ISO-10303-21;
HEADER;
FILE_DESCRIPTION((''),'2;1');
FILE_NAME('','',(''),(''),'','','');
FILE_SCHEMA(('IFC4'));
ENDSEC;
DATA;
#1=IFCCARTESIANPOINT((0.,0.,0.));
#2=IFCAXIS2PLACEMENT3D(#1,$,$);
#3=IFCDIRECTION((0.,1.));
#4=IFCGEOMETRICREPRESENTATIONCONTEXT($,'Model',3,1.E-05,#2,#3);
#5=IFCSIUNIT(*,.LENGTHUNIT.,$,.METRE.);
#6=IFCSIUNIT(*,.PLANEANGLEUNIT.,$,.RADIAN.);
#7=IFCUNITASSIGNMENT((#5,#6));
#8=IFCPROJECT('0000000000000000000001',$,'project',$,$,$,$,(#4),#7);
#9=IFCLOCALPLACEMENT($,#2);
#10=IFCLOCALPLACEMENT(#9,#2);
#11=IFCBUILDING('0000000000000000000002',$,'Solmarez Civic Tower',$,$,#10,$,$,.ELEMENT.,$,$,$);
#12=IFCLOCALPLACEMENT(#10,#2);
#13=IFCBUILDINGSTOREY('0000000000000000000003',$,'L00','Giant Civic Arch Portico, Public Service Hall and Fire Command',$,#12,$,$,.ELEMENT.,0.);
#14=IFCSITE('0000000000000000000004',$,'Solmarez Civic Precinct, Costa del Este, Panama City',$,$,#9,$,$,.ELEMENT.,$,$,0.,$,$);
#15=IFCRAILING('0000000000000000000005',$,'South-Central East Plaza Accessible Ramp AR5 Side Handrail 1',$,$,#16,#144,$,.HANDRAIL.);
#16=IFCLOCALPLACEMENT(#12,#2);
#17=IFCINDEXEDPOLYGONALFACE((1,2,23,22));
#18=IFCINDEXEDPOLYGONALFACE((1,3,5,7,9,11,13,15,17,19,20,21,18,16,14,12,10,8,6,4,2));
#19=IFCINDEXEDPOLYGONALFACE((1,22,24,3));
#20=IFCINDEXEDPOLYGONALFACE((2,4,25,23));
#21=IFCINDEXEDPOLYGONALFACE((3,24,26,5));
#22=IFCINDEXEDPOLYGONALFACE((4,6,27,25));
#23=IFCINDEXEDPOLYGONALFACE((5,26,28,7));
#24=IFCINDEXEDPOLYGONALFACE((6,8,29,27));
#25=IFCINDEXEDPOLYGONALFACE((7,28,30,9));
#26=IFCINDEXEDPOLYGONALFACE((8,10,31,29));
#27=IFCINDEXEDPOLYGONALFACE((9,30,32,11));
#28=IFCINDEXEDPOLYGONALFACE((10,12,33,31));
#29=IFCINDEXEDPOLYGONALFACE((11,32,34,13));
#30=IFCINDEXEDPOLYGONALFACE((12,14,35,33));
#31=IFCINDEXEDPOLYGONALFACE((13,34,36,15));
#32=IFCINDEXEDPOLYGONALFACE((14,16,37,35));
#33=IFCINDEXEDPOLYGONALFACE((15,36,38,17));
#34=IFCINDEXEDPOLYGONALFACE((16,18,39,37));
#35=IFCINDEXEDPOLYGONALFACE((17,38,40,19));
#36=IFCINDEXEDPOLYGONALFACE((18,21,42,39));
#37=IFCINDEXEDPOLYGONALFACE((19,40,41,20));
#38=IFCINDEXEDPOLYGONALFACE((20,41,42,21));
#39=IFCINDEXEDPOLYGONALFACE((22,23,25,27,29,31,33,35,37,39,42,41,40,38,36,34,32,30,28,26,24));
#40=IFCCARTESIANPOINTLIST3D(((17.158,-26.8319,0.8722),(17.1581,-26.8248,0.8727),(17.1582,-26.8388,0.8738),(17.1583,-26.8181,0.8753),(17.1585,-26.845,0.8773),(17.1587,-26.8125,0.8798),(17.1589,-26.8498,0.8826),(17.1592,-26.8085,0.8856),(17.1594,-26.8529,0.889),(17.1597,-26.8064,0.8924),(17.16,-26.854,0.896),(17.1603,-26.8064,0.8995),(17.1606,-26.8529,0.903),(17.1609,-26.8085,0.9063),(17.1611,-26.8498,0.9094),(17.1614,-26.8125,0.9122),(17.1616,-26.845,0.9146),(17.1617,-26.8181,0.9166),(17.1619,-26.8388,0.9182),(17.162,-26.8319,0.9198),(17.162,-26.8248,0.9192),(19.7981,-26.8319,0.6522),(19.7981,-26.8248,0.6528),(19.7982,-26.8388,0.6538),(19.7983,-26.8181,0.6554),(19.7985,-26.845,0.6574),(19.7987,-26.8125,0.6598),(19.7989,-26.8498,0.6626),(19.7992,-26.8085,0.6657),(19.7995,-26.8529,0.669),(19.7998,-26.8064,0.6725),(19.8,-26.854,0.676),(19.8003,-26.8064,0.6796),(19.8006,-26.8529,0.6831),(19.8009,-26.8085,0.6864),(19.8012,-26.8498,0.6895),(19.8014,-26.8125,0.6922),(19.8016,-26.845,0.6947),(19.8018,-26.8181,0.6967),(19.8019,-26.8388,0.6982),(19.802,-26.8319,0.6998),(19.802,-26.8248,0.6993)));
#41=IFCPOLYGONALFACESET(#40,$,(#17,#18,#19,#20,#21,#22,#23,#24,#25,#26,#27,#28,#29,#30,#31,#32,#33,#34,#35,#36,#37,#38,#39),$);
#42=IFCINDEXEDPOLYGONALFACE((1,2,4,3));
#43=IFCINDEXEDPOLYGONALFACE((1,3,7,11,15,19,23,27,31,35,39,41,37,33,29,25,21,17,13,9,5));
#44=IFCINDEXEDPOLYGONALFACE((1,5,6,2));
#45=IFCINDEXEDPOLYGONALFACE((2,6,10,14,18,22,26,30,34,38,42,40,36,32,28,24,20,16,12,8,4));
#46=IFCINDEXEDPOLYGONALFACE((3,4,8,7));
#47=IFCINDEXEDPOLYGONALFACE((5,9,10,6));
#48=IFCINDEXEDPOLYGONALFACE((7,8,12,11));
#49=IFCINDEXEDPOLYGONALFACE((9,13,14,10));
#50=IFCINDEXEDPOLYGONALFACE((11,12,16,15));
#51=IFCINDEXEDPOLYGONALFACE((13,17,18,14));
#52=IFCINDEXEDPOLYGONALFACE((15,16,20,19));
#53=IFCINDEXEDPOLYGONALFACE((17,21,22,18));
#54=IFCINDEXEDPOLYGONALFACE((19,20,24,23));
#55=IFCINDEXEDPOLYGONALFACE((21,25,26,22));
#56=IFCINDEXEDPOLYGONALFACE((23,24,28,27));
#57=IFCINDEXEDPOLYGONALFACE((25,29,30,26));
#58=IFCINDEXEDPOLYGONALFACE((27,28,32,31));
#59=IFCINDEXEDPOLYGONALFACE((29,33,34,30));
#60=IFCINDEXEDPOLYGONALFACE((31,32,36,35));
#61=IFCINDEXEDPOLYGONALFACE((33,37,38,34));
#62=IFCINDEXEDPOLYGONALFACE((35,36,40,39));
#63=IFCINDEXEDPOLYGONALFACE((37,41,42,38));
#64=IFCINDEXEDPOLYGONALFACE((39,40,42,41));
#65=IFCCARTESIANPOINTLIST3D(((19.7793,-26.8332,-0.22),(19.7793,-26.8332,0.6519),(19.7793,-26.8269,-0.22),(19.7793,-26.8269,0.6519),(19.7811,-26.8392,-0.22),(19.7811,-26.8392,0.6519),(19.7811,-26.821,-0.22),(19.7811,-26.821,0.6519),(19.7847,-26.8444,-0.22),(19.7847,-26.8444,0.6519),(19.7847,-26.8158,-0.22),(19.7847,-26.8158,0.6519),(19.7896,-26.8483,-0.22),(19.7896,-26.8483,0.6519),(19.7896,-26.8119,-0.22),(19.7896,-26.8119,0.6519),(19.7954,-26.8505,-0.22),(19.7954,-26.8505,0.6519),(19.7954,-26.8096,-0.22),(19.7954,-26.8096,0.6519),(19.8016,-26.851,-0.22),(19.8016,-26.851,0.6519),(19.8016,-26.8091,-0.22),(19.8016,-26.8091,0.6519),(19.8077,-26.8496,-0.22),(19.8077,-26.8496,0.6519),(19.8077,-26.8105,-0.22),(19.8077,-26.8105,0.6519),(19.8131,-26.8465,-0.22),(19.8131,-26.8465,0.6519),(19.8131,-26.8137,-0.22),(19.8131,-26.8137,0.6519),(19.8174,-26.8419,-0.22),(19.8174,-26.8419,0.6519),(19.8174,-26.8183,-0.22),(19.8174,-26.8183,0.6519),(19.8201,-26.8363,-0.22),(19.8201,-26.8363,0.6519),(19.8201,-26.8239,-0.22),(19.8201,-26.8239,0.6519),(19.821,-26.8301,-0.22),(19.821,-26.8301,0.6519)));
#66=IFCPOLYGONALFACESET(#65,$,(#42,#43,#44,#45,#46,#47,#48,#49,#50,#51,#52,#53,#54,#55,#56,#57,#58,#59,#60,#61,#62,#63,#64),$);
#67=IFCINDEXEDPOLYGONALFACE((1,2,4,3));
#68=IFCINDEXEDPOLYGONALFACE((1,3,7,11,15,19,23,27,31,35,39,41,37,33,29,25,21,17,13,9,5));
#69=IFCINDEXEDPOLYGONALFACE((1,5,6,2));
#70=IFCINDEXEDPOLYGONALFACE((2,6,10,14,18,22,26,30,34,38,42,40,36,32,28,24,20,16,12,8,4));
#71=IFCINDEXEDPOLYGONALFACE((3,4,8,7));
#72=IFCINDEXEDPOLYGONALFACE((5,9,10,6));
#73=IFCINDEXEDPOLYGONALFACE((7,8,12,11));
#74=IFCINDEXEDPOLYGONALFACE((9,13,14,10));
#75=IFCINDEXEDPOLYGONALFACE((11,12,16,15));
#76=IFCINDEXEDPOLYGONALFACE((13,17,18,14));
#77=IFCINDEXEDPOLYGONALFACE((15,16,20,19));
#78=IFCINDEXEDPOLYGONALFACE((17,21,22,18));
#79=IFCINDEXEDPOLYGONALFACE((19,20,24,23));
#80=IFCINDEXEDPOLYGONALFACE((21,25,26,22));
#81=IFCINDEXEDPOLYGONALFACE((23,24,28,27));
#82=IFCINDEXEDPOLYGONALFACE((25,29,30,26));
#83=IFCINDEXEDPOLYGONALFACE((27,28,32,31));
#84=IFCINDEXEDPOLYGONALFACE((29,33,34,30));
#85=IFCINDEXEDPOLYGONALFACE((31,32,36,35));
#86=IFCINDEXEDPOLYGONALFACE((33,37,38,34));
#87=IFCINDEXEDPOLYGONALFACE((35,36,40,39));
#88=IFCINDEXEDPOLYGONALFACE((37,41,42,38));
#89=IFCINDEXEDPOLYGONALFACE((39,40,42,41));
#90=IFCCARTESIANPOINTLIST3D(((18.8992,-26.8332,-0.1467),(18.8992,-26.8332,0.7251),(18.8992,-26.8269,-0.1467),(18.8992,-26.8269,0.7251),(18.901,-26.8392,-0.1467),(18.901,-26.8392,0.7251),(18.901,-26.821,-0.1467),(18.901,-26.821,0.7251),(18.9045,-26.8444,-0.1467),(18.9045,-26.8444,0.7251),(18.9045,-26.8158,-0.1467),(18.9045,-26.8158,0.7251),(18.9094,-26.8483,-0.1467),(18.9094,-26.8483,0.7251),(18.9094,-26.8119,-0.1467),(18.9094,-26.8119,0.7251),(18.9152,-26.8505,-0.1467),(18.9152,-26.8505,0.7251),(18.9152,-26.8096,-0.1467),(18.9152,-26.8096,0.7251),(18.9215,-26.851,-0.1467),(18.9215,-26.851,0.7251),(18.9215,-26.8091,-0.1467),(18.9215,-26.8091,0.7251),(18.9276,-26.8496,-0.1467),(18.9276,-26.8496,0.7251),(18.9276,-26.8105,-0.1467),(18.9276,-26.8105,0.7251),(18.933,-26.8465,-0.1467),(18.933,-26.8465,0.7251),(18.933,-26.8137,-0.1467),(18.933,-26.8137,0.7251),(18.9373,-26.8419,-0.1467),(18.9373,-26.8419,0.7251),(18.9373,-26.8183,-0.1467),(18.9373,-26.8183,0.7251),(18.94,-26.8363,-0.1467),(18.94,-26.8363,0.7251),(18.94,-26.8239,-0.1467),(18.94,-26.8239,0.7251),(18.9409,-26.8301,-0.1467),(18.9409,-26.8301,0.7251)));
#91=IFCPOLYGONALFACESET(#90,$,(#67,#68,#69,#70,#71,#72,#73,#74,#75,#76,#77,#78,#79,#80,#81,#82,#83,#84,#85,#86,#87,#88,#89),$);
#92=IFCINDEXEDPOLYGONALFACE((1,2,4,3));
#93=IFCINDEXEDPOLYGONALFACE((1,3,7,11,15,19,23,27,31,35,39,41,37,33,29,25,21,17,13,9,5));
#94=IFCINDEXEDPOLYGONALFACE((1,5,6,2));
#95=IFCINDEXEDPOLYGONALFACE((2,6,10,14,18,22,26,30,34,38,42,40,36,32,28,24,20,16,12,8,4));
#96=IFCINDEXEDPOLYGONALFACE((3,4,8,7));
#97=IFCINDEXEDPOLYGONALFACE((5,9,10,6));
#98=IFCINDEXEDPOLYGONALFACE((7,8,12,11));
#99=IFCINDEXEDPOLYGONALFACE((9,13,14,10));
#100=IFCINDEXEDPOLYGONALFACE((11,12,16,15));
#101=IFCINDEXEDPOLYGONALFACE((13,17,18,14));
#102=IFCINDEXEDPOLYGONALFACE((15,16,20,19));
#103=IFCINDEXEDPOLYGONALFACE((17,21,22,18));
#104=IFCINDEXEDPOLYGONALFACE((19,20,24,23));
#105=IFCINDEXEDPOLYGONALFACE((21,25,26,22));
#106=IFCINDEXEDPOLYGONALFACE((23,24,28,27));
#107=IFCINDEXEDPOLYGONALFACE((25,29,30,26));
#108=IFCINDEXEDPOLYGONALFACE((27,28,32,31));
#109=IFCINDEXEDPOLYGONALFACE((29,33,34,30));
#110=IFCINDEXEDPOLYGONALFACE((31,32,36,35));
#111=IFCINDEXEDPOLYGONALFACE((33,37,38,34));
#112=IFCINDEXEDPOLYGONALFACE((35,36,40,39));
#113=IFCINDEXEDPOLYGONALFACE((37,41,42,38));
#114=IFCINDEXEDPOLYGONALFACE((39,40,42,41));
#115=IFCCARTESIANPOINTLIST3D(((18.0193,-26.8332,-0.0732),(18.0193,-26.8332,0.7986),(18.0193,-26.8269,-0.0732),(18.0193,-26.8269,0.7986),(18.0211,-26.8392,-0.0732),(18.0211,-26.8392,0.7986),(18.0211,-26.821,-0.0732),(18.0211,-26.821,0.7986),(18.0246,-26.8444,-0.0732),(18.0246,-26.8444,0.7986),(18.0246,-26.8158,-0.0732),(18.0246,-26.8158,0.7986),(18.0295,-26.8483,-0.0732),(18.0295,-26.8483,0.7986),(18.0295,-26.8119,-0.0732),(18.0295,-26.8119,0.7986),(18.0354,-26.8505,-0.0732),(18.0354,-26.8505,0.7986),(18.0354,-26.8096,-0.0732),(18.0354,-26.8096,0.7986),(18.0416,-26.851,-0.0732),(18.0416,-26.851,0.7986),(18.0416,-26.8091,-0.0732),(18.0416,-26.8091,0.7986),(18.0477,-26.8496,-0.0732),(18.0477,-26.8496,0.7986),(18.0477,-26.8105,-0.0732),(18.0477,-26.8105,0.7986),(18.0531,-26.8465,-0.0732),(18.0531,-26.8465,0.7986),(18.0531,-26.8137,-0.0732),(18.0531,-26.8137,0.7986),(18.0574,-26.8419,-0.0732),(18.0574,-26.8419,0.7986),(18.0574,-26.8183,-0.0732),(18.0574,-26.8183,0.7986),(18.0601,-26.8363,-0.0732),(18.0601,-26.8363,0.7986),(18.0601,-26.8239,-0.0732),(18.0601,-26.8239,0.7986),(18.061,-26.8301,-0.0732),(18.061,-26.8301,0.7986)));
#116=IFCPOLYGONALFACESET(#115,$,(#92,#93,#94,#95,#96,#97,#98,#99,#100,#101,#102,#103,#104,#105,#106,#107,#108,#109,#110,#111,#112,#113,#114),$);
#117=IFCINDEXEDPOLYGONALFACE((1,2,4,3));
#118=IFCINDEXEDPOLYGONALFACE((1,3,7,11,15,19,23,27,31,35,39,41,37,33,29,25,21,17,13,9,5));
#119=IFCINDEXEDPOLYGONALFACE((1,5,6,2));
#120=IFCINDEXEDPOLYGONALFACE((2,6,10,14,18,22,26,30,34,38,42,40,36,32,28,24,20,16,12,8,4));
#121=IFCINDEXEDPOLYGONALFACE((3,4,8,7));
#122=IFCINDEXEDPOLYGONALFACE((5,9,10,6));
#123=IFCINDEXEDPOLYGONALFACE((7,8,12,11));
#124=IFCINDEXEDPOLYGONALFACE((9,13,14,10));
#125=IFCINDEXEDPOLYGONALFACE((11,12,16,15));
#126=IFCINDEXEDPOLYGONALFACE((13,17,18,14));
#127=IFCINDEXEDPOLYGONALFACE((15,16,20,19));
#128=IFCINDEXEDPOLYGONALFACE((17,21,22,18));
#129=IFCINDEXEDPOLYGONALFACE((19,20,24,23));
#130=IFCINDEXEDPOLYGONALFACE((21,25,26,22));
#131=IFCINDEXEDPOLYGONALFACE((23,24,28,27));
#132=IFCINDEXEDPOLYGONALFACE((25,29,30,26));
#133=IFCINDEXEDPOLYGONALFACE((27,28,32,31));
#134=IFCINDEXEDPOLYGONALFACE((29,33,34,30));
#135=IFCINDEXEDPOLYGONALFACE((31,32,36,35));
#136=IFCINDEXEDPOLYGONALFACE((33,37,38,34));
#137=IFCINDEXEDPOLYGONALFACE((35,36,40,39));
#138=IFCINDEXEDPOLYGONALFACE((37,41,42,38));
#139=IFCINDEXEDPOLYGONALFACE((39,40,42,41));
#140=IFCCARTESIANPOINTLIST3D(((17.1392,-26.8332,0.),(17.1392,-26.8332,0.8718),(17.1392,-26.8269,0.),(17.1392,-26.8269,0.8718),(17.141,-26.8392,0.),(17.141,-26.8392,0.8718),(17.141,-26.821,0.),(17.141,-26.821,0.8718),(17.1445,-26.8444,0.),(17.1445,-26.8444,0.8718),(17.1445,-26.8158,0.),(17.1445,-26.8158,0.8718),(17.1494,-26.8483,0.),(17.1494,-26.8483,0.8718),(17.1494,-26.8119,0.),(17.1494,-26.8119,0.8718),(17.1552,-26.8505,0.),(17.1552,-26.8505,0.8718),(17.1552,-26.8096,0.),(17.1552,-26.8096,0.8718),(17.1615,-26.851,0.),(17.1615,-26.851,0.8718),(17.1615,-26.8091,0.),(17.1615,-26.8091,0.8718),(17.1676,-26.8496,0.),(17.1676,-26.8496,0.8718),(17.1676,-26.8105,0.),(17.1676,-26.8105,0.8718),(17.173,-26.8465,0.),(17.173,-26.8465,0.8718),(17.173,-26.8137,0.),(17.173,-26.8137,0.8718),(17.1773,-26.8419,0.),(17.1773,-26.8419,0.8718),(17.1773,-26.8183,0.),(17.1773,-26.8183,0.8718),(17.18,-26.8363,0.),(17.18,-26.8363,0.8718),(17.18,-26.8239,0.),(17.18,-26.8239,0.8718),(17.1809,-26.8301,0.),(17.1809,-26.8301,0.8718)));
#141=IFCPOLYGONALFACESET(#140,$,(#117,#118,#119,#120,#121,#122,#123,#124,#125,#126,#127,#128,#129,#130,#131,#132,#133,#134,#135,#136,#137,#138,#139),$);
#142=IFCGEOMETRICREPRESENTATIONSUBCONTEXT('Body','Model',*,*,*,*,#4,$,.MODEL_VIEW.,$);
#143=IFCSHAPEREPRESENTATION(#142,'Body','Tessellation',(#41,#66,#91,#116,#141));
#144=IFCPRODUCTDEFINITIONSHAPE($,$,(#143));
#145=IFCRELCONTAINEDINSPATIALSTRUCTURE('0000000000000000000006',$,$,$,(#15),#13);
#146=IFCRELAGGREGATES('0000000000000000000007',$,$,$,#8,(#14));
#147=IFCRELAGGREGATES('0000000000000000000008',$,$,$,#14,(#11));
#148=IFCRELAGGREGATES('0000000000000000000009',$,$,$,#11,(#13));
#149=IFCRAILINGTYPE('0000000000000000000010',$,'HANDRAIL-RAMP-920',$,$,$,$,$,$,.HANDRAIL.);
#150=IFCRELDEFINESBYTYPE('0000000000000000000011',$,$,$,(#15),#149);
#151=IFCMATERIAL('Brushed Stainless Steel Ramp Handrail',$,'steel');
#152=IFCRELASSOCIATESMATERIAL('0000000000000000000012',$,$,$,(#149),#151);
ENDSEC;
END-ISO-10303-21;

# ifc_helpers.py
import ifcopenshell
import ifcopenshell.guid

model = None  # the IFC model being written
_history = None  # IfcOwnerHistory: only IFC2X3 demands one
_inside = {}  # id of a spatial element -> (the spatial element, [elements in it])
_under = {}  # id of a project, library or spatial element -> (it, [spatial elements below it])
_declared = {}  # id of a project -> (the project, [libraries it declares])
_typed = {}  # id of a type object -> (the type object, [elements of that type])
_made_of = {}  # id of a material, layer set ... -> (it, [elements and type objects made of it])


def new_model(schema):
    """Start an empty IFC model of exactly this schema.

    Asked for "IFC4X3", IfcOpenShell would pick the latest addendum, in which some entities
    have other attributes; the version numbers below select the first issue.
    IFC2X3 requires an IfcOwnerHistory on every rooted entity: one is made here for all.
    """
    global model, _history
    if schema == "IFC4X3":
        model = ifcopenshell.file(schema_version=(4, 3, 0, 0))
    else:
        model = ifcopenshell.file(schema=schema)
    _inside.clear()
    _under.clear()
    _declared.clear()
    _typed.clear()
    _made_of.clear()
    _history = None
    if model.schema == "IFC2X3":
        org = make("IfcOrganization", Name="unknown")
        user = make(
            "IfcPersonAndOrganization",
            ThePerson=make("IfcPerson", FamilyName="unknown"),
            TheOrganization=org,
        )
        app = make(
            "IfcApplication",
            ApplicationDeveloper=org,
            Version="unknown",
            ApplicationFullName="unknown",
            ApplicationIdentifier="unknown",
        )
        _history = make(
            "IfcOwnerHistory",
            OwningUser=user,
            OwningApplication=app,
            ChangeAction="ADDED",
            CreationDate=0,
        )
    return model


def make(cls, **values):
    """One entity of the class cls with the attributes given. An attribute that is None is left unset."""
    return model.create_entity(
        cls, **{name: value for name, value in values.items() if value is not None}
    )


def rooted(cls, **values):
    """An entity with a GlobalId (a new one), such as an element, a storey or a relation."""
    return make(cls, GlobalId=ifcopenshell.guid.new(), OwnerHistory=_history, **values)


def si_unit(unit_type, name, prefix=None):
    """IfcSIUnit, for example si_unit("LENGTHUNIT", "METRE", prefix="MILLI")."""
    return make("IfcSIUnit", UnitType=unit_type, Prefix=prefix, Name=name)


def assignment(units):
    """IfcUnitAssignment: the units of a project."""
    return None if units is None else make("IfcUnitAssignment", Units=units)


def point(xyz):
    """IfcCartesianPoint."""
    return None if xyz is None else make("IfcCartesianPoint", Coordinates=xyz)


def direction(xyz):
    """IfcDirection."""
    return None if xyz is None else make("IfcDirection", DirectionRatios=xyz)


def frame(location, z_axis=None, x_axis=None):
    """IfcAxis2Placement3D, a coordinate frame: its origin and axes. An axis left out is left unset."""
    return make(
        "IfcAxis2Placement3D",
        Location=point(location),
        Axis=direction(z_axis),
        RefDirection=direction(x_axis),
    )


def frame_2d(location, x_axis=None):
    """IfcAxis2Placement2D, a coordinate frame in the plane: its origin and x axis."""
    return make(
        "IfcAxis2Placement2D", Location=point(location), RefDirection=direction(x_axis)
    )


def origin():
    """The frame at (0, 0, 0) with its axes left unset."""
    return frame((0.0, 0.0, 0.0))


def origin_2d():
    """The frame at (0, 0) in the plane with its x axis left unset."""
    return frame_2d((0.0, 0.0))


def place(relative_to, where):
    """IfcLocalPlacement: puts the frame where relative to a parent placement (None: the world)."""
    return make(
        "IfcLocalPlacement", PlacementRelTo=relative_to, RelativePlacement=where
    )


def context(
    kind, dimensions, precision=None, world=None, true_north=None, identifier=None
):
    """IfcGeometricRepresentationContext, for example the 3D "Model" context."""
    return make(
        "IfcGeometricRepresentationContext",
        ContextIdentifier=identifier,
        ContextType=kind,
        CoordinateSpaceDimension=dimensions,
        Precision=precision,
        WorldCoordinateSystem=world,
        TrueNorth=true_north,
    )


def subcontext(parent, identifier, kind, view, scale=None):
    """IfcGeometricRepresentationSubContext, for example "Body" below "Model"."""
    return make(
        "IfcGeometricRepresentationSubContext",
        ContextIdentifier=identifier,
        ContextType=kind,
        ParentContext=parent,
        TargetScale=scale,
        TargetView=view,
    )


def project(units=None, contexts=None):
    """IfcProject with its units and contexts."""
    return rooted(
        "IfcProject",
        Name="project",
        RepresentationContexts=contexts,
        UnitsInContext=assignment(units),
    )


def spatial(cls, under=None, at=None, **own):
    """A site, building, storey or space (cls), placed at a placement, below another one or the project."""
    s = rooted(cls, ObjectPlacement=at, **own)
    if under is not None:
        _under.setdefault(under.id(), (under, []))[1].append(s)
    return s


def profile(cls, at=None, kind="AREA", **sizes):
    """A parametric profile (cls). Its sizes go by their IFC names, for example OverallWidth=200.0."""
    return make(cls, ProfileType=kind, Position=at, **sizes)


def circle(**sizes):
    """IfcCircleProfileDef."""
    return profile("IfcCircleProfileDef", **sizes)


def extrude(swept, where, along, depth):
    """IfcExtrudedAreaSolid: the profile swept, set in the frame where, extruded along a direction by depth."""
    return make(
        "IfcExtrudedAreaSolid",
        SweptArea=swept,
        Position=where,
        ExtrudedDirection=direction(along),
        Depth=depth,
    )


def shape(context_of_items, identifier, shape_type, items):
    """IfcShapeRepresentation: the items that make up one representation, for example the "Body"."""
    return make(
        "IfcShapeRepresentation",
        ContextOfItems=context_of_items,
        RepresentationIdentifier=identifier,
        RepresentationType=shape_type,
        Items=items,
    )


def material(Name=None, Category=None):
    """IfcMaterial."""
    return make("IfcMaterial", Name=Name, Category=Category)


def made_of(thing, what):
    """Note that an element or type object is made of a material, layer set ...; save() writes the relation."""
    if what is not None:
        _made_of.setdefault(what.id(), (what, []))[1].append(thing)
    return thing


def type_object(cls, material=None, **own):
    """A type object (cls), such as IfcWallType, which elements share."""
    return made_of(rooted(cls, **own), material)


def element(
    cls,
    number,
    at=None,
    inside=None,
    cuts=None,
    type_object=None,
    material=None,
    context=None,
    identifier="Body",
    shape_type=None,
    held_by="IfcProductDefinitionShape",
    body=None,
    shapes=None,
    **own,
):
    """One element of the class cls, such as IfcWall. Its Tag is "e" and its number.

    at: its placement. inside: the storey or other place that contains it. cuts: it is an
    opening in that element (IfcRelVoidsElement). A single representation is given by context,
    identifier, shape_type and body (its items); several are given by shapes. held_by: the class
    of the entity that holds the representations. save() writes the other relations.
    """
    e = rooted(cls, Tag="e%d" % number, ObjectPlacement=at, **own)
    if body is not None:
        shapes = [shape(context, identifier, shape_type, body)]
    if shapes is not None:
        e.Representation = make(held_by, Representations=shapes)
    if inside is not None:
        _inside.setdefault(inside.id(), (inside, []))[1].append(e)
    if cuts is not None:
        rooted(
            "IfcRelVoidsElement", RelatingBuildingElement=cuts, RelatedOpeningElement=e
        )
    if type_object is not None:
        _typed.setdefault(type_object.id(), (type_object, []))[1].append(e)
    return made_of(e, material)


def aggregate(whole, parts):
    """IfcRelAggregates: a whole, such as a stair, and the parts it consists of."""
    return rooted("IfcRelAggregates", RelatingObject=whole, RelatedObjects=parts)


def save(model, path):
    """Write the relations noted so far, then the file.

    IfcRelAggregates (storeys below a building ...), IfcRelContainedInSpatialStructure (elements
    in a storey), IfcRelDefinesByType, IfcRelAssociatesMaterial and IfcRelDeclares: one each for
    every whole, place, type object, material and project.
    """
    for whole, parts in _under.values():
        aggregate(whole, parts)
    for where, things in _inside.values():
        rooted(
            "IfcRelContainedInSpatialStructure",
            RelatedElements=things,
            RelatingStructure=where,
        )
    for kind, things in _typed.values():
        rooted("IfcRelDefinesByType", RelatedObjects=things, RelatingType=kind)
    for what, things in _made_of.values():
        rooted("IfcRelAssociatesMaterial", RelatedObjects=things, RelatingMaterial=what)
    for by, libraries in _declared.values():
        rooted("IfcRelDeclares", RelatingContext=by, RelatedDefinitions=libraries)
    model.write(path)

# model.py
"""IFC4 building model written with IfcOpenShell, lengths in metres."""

from ifc_helpers import new_model, si_unit, direction, frame, origin, origin_2d, place, context, subcontext, project, spatial, circle, extrude, material, type_object, element, save


model = new_model("IFC4")

# Units and contexts
model_context = context("Model", 3, precision=1e-05, world=origin(), true_north=direction((0.0, 1.0)))
body_context = subcontext(model_context, "Body", "Model", "MODEL_VIEW")
ifc_project = project(units=[si_unit("LENGTHUNIT", "METRE"), si_unit("PLANEANGLEUNIT", "RADIAN")], contexts=[model_context])

# Site, building, storey
site_placement = place(None, origin())
site = spatial("IfcSite", under=ifc_project, at=site_placement, Name="Solmarez Civic Precinct, Costa del Este, Panama City", CompositionType="ELEMENT", RefElevation=0.0)
building_placement = place(site_placement, origin())
building = spatial("IfcBuilding", under=site, at=building_placement, Name="Solmarez Civic Tower", CompositionType="ELEMENT")
storey_placement = place(building_placement, origin())
storey = spatial("IfcBuildingStorey", under=building, at=storey_placement, Name="L00", Description="Giant Civic Arch Portico, Public Service Hall and Fire Command", CompositionType="ELEMENT", Elevation=0.0)

# Railing
ifc_material_1 = material(Name="Brushed Stainless Steel Ramp Handrail", Category="steel")
railing_type = type_object("IfcRailingType", Name="HANDRAIL-RAMP-920", PredefinedType="HANDRAIL", material=ifc_material_1)
for number, where, name in (
    (1, (19.8, -26.8301, -0.22), "South-Central East Plaza Accessible Ramp AR5 Side Handrail 1"),
):
    element("IfcRailing", number, at=place(storey_placement, frame(where)), inside=storey, type_object=railing_type, Name=name, PredefinedType="HANDRAIL", context=body_context, shape_type="SweptSolid", body=[
        extrude(circle(Radius=0.0239, at=origin_2d()), frame((0.0, 0.0, 0.896), z_axis=(-0.996547, 0.0, 0.08303), x_axis=(0.0, -1.0, 0.0)), (0.0, 0.0, 1.0), 2.6492),
        extrude(circle(Radius=0.021, at=origin_2d()), origin(), (0.0, 0.0, 1.0), 0.8718),
        extrude(circle(Radius=0.021, at=origin_2d()), frame((-0.8801, 0.0, 0.0732)), (0.0, 0.0, 1.0), 0.8718),
        extrude(circle(Radius=0.021, at=origin_2d()), frame((-1.76, 0.0, 0.1467)), (0.0, 0.0, 1.0), 0.8718),
        extrude(circle(Radius=0.021, at=origin_2d()), frame((-2.6401, 0.0, 0.22)), (0.0, 0.0, 1.0), 0.8718),
    ])

save(model, "model.ifc")
